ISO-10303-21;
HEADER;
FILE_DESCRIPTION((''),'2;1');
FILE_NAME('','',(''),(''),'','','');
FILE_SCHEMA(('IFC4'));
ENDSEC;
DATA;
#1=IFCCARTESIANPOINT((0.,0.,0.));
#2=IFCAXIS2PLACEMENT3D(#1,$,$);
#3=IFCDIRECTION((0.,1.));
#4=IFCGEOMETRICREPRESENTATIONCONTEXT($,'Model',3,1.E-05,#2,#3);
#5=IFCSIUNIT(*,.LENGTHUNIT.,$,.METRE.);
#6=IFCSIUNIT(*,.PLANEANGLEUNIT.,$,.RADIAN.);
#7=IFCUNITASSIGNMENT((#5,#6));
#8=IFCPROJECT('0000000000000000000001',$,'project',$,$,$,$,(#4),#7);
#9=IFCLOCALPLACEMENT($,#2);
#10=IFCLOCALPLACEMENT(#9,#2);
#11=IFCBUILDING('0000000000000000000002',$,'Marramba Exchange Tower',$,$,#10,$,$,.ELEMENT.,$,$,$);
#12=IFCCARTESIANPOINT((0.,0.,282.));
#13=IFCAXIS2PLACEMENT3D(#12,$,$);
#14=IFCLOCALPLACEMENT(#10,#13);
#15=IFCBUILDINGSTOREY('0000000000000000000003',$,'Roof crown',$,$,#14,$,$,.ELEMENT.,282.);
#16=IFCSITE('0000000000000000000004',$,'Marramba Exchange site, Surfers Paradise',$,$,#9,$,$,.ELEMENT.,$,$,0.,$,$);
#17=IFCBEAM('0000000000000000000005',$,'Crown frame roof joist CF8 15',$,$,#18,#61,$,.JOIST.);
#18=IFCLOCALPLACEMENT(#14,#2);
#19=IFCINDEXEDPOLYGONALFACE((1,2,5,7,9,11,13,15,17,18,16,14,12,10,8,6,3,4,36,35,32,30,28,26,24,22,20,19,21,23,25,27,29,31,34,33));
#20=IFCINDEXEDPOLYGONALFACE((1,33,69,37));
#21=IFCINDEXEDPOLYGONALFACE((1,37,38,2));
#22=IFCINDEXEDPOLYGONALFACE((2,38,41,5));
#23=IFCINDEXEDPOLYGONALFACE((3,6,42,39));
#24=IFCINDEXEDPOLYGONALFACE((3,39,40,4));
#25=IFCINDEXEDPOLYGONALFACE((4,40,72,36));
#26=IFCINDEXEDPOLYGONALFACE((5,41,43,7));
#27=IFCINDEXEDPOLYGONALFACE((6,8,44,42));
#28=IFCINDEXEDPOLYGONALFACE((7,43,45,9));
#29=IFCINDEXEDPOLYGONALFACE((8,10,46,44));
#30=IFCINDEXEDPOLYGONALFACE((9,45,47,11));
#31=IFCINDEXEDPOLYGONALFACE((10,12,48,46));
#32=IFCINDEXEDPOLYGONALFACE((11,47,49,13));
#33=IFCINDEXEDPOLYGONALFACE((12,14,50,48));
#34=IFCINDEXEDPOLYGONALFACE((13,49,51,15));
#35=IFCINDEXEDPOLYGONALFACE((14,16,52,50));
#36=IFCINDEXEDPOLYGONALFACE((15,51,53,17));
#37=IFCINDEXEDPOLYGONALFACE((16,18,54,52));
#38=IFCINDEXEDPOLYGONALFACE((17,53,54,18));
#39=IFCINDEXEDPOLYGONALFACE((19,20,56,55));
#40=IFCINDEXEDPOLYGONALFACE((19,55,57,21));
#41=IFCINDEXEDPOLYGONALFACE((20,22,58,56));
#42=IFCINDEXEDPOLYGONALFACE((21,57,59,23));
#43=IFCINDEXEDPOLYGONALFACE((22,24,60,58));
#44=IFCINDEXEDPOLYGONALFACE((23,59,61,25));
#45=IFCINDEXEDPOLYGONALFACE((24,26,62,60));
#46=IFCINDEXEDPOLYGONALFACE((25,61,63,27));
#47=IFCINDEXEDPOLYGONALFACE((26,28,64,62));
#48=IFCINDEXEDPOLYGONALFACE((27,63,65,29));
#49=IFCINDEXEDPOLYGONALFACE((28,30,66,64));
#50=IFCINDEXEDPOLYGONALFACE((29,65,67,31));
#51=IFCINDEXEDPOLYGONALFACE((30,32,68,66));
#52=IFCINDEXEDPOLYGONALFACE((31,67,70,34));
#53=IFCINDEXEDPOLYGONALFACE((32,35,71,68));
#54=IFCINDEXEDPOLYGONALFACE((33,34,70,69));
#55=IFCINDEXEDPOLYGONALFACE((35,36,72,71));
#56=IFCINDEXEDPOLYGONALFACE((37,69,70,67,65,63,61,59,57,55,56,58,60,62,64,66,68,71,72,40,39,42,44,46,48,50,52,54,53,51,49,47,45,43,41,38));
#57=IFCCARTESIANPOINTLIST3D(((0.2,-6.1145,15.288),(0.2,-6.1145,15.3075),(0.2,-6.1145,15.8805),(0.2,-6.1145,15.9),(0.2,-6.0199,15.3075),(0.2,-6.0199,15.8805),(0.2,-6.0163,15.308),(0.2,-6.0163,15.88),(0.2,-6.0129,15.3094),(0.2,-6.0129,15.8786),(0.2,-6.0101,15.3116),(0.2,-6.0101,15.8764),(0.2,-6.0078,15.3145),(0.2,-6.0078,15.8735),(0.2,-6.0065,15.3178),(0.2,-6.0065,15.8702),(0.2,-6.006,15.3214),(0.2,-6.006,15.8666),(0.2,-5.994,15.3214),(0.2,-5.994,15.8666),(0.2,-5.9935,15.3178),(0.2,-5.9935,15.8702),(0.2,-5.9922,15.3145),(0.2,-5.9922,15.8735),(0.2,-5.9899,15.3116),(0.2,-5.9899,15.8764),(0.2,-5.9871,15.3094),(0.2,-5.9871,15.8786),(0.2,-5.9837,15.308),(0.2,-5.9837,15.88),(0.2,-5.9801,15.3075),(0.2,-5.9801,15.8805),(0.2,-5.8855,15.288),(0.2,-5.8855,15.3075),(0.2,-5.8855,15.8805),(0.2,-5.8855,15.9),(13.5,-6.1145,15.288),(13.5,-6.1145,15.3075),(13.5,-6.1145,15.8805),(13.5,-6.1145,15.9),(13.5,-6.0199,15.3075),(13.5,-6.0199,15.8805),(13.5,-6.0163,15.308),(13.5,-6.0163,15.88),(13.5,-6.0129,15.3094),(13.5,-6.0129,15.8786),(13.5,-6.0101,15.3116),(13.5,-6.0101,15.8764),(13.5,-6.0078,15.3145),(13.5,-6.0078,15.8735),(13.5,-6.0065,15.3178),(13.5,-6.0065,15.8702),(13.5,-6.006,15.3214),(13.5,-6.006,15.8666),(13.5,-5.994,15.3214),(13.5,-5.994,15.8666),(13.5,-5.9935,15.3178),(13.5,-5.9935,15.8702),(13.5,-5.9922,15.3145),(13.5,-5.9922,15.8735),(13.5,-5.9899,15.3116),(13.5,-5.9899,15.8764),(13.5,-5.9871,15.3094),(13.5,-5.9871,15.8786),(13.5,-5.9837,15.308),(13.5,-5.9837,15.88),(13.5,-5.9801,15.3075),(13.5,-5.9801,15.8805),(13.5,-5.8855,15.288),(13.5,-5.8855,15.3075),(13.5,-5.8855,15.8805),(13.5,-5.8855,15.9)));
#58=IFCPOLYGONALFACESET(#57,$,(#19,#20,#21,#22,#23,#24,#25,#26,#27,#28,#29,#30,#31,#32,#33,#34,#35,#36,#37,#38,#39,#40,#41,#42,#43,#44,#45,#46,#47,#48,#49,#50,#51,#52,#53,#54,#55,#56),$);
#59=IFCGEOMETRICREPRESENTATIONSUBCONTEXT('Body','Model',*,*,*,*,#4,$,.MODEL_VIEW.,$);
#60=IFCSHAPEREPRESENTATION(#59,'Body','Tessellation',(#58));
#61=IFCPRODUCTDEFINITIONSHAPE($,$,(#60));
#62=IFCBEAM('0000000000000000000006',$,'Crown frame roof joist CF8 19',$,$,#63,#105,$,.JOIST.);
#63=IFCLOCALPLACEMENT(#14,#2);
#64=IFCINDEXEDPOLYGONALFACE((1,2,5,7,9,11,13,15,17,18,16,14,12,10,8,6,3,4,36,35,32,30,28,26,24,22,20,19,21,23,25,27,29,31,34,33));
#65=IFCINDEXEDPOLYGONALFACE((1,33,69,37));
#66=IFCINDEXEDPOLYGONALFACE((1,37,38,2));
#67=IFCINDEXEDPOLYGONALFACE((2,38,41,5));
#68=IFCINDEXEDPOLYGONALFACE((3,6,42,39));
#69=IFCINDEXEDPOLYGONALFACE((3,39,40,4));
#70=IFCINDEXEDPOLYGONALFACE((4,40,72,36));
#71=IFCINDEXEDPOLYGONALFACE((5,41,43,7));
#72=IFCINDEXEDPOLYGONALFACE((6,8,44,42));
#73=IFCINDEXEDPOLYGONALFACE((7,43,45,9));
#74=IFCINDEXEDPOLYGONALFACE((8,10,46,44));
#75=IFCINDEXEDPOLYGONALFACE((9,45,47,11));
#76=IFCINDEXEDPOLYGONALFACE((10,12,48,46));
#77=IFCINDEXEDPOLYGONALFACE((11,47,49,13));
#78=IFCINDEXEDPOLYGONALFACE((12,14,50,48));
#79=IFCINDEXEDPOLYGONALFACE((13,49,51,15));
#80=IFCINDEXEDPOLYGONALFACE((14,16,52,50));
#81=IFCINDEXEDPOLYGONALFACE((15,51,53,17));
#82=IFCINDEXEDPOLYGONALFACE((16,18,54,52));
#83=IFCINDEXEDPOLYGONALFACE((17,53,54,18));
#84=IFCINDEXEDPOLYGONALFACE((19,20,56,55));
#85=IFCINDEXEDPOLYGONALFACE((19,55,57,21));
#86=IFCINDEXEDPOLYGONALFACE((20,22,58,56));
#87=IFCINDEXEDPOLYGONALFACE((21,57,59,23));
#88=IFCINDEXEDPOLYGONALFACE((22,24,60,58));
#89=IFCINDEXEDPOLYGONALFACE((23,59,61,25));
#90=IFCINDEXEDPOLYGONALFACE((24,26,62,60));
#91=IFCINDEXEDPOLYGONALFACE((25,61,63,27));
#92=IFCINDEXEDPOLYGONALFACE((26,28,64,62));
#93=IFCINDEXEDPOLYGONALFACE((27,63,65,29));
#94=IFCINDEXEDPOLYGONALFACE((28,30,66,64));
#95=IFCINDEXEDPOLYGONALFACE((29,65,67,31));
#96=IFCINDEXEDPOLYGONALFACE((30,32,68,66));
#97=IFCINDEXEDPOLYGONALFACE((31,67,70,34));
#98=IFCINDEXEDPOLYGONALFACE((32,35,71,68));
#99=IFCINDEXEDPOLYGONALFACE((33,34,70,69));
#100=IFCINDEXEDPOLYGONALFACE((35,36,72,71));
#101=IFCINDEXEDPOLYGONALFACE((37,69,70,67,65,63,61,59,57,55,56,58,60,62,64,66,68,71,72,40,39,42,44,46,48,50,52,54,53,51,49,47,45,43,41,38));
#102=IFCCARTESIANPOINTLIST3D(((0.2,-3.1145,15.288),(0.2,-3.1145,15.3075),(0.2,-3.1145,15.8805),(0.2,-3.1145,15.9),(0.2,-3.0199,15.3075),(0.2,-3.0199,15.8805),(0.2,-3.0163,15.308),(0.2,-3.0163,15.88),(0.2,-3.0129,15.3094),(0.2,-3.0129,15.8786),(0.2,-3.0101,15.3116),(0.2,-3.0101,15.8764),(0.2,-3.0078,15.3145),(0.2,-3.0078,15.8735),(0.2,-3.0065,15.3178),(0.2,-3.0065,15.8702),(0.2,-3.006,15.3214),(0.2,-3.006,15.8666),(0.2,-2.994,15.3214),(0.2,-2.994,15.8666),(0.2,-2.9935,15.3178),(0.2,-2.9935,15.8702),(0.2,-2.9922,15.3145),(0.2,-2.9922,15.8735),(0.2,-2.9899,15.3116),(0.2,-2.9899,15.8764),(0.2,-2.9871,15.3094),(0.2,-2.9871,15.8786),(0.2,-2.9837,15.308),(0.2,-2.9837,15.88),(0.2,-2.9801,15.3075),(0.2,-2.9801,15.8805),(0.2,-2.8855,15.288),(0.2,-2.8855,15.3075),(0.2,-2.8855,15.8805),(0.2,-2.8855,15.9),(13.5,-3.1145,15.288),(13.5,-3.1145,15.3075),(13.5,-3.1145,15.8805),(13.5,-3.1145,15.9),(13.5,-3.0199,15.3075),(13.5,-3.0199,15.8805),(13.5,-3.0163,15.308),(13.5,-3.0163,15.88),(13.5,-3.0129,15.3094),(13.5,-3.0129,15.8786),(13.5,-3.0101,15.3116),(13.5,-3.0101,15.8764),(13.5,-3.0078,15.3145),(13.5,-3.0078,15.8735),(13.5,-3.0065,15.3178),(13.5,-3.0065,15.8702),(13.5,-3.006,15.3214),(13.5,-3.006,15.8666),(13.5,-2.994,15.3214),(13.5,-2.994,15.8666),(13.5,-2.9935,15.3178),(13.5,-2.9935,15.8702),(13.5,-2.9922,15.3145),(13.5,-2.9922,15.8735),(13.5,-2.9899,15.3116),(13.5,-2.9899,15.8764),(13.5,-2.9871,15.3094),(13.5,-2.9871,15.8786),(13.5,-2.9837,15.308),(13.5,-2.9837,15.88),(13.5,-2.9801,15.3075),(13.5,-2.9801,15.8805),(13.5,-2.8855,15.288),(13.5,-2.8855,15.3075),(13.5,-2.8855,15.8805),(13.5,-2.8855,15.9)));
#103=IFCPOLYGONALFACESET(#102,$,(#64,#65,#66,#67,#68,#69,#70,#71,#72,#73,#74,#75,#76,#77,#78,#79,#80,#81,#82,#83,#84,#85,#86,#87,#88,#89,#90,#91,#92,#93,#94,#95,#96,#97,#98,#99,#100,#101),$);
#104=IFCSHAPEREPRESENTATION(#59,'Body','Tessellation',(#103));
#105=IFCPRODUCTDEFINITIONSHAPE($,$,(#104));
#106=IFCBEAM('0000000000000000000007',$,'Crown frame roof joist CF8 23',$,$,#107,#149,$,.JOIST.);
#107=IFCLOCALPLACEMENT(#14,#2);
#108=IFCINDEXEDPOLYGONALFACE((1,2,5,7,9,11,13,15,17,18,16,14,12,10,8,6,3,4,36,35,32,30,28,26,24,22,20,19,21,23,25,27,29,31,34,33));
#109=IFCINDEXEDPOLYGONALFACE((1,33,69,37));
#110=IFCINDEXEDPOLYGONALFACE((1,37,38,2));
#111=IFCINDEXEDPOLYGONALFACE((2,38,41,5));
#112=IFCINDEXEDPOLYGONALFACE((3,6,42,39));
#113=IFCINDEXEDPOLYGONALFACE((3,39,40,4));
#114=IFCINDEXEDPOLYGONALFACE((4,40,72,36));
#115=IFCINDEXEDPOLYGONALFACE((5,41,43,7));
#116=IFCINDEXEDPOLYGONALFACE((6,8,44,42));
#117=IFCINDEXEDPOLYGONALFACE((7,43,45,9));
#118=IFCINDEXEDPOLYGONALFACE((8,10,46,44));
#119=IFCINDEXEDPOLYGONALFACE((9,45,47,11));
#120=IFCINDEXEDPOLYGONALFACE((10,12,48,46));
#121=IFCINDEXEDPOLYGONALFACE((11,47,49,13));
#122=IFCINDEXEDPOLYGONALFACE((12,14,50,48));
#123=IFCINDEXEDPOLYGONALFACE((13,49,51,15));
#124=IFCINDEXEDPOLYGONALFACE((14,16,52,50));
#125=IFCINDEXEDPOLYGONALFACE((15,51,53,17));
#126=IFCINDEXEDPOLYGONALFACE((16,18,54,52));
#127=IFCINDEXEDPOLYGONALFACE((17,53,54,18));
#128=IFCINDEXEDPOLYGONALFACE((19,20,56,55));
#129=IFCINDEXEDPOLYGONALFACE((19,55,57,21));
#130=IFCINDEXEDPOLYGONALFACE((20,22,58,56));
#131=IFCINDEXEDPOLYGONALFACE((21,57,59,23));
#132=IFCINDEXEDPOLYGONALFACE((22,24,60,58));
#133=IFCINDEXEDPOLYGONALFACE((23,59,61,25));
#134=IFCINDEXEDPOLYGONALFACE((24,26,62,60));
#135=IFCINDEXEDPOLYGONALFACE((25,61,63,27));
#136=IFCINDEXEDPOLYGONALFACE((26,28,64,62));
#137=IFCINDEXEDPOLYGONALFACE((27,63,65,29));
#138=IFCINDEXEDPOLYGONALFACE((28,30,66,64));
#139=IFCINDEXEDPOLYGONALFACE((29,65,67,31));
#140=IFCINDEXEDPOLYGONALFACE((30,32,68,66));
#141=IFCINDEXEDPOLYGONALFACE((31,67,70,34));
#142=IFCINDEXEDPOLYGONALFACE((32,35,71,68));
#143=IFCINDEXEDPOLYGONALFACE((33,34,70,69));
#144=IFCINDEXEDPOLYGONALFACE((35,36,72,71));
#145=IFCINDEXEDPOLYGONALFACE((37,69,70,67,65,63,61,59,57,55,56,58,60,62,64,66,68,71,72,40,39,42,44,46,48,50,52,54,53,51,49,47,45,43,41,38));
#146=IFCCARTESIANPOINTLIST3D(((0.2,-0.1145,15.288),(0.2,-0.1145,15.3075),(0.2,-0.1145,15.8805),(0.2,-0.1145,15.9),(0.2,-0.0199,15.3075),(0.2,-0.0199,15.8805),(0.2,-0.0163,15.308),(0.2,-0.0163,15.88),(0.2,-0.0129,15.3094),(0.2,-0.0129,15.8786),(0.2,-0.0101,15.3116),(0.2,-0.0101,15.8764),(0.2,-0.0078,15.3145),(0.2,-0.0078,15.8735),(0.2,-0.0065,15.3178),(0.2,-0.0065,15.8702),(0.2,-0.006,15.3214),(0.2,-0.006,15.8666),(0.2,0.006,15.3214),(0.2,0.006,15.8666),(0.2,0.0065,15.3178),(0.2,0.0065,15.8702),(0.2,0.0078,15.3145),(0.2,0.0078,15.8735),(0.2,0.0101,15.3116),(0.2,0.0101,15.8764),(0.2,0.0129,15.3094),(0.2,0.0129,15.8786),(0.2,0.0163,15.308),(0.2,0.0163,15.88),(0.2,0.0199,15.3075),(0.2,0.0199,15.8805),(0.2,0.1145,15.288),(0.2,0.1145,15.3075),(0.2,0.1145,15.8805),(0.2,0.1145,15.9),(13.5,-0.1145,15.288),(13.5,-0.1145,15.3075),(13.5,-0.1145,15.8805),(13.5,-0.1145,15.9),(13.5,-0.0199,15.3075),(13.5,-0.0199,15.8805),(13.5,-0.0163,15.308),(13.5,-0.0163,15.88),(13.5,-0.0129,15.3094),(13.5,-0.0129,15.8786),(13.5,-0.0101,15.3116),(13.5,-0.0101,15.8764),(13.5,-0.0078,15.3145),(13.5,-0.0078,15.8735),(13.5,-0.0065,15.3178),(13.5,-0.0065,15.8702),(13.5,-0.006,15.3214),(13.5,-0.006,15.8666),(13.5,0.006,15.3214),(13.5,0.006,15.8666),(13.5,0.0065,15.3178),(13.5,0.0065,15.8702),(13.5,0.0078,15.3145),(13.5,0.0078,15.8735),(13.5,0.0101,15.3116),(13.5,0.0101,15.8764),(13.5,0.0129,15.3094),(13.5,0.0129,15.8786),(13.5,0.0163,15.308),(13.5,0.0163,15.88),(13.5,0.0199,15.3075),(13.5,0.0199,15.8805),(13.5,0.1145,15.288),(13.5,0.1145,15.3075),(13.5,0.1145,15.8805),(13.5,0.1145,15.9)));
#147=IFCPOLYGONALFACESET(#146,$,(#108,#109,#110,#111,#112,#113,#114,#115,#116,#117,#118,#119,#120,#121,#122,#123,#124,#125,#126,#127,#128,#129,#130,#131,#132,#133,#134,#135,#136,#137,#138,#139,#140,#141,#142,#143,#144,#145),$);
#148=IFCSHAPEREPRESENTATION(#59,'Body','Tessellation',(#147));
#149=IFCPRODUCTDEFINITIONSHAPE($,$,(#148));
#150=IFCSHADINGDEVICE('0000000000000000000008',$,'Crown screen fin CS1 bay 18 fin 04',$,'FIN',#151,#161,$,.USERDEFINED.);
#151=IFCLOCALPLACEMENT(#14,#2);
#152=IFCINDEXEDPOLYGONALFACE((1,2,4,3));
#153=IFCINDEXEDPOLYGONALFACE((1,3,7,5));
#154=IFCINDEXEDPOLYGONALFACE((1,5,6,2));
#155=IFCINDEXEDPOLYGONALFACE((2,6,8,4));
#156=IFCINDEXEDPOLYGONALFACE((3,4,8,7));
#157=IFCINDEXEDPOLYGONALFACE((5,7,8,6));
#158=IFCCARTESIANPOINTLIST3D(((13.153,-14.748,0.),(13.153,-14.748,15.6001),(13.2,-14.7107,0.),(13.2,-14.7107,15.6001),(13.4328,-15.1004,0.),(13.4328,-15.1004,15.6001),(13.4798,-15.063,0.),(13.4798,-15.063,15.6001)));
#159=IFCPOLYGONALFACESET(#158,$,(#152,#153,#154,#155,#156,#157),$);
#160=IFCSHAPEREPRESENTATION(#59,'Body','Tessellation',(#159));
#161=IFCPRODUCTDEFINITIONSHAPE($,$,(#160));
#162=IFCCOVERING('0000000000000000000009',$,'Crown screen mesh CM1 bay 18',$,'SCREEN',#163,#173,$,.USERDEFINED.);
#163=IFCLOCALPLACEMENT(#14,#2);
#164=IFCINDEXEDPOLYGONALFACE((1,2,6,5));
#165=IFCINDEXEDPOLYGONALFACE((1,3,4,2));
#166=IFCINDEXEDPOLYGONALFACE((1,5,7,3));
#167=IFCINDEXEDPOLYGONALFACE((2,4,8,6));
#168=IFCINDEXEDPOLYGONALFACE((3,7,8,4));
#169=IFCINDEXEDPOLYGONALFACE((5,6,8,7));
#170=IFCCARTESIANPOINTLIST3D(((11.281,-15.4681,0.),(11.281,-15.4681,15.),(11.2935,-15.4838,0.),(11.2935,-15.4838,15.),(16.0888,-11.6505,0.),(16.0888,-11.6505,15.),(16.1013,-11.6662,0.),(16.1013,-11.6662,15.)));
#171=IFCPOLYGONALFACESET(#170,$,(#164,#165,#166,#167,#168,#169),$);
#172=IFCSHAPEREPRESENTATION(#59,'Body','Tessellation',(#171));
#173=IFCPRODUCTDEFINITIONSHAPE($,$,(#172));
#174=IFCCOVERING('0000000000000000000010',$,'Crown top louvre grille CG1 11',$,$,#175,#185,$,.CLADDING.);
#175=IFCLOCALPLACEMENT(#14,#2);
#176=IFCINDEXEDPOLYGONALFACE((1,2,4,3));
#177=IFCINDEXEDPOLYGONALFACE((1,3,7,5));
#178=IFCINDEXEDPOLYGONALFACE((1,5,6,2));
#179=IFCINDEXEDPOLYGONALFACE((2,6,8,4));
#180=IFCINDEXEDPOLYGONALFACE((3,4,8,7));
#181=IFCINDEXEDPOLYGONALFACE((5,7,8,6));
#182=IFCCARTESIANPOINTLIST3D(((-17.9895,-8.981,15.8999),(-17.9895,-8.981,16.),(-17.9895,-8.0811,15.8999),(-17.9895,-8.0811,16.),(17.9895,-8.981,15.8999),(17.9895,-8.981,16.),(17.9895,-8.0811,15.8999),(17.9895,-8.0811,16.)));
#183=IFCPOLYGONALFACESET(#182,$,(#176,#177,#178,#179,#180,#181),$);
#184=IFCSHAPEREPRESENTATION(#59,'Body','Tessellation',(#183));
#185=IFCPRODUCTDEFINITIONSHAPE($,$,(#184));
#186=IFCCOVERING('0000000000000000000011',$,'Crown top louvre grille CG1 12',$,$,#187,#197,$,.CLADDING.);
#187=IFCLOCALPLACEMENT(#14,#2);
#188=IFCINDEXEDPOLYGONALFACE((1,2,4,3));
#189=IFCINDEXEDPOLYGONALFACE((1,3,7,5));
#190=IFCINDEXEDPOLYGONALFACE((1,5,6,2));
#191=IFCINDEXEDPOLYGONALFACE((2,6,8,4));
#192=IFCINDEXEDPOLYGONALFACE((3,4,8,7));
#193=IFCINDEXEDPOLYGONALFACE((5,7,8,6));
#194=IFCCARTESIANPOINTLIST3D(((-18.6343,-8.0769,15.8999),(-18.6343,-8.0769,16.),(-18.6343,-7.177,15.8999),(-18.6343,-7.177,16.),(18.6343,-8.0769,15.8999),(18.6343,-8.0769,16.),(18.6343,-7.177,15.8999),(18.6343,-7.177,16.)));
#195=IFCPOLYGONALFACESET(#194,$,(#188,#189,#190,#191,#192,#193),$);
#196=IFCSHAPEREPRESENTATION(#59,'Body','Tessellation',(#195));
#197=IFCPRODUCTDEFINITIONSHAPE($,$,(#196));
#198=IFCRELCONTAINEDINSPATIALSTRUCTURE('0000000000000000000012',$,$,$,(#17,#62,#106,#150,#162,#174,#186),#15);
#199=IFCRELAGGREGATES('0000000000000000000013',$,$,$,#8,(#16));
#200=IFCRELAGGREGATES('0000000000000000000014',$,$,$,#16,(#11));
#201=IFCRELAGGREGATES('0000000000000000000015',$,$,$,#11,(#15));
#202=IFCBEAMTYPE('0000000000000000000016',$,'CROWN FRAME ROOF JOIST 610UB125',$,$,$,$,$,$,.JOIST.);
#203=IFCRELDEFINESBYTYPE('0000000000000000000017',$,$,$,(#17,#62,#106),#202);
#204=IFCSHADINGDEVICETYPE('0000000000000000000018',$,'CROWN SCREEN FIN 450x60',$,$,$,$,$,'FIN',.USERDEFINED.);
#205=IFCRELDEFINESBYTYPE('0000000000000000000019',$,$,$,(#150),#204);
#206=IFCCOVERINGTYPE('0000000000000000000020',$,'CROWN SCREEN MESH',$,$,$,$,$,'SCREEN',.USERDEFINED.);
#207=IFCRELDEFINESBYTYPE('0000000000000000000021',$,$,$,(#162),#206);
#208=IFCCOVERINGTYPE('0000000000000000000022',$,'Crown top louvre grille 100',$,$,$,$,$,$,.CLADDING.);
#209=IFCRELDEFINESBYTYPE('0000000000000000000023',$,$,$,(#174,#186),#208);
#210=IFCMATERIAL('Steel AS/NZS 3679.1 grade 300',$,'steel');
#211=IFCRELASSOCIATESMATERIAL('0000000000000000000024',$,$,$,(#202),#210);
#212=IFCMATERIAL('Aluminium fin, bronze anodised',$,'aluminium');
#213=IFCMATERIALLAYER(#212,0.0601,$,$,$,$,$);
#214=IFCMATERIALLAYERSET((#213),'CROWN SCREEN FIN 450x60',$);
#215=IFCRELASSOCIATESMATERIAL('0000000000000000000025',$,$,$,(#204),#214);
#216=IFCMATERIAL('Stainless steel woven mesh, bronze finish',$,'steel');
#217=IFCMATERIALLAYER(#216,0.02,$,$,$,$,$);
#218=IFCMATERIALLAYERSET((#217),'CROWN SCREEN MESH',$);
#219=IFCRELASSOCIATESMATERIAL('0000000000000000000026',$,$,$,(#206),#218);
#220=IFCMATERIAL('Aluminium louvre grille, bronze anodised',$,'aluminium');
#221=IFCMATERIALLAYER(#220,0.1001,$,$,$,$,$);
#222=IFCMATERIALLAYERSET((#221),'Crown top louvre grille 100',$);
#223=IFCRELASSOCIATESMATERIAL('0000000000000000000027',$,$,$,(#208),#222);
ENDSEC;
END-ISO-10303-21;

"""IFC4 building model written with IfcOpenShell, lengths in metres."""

from ifc_helpers import new_model, si_unit, direction, frame, origin, origin_2d, place, context, subcontext, project, spatial, rectangle, i_section, extrude, material, layer, layer_set, material_profile, profile_set, type_object, element, save


model = new_model("IFC4")

# Units and contexts
model_context = context("Model", 3, precision=1e-05, world=origin(), true_north=direction((0.0, 1.0)))
body_context = subcontext(model_context, "Body", "Model", "MODEL_VIEW")
ifc_project = project(units=[si_unit("LENGTHUNIT", "METRE"), si_unit("PLANEANGLEUNIT", "RADIAN")], contexts=[model_context])

# Site, building, storey
site_placement = place(None, origin())
site = spatial("IfcSite", under=ifc_project, at=site_placement, Name="Marramba Exchange site, Surfers Paradise", CompositionType="ELEMENT", RefElevation=0.0)
building_placement = place(site_placement, origin())
building = spatial("IfcBuilding", under=site, at=building_placement, Name="Marramba Exchange Tower", CompositionType="ELEMENT")
storey_placement = place(building_placement, frame((0.0, 0.0, 282.0)))
storey = spatial("IfcBuildingStorey", under=building, at=storey_placement, Name="Roof crown", CompositionType="ELEMENT", Elevation=282.0)

# Beams
ifc_material_1 = material(Name="Steel AS/NZS 3679.1 grade 300", Category="steel")
ifc_material_profile_1 = material_profile(ifc_material_1, i_section(OverallWidth=0.229, OverallDepth=0.6121, WebThickness=0.012, FlangeThickness=0.0195, FilletRadius=0.0139, at=origin_2d()), Name="610UB125")
ifc_profile_set_1 = profile_set([ifc_material_profile_1], Name="Steel AS/NZS 3679.1 grade 300")
beam_type_1 = type_object("IfcBeamType", Name="CROWN FRAME ROOF JOIST 610UB125", PredefinedType="JOIST", material=ifc_profile_set_1)
for number, where, z_axis, x_axis, name in (
    (1, (0.2, -6.0, 15.594), (1.0, 0.0, 0.0), (0.0, 1.0, 0.0), "Crown frame roof joist CF8 15"),
    (2, (0.2, -3.0, 15.594), (1.0, 0.0, 0.0), (0.0, 1.0, 0.0), "Crown frame roof joist CF8 19"),
    (3, (0.2, 0.0, 15.594), (1.0, 0.0, 0.0), (0.0, 1.0, 0.0), "Crown frame roof joist CF8 23"),
):
    element("IfcBeam", number, at=place(storey_placement, frame(where, z_axis=z_axis, x_axis=x_axis)), inside=storey, type_object=beam_type_1, Name=name, PredefinedType="JOIST", context=body_context, shape_type="SweptSolid", body=[
        extrude(i_section(OverallWidth=0.229, OverallDepth=0.6121, WebThickness=0.012, FlangeThickness=0.0195, FilletRadius=0.0139, at=origin_2d()), origin(), (0.0, 0.0, 1.0), 13.3),
    ])

# Shading device
ifc_material_2 = material(Name="Aluminium fin, bronze anodised", Category="aluminium")
ifc_layer_1 = layer(ifc_material_2, 0.0601)
ifc_layer_set_1 = layer_set([ifc_layer_1], Name="CROWN SCREEN FIN 450x60")
shading_device_type = type_object("IfcShadingDeviceType", Name="CROWN SCREEN FIN 450x60", ElementType="FIN", PredefinedType="USERDEFINED", material=ifc_layer_set_1)
shading_device_placement = place(storey_placement, frame((13.3164, -14.9055, 0.0), z_axis=(0.0, 0.0, 1.0), x_axis=(0.621845, -0.78314, 0.0)))
element("IfcShadingDevice", 4, at=shading_device_placement, inside=storey, type_object=shading_device_type, Name="Crown screen fin CS1 bay 18 fin 04", ObjectType="FIN", PredefinedType="USERDEFINED", context=body_context, shape_type="SweptSolid", body=[
    extrude(rectangle(XDim=0.45, YDim=0.0601, at=origin_2d()), origin(), (0.0, 0.0, 1.0), 15.6001),
])

# Coverings
ifc_material_3 = material(Name="Stainless steel woven mesh, bronze finish", Category="steel")
ifc_layer_2 = layer(ifc_material_3, 0.02)
ifc_layer_set_2 = layer_set([ifc_layer_2], Name="CROWN SCREEN MESH")
covering_type_1 = type_object("IfcCoveringType", Name="CROWN SCREEN MESH", ElementType="SCREEN", PredefinedType="USERDEFINED", material=ifc_layer_set_2)
covering_1_placement = place(storey_placement, frame((13.6912, -13.5671, 0.0), z_axis=(0.0, 0.0, 1.0), x_axis=(0.78314, 0.621845, 0.0)))
element("IfcCovering", 5, at=covering_1_placement, inside=storey, type_object=covering_type_1, Name="Crown screen mesh CM1 bay 18", ObjectType="SCREEN", PredefinedType="USERDEFINED", context=body_context, shape_type="SweptSolid", body=[
    extrude(rectangle(XDim=6.1392, YDim=0.02, at=origin_2d()), origin(), (0.0, 0.0, 1.0), 15.0),
])
ifc_material_4 = material(Name="Aluminium louvre grille, bronze anodised", Category="aluminium")
ifc_layer_3 = layer(ifc_material_4, 0.1001)
ifc_layer_set_3 = layer_set([ifc_layer_3], Name="Crown top louvre grille 100")
covering_type_2 = type_object("IfcCoveringType", Name="Crown top louvre grille 100", PredefinedType="CLADDING", material=ifc_layer_set_3)
covering_2_placement = place(storey_placement, frame((0.0, -8.531, 15.8999), z_axis=(0.0, 0.0, 1.0), x_axis=(1.0, 0.0, 0.0)))
element("IfcCovering", 6, at=covering_2_placement, inside=storey, type_object=covering_type_2, Name="Crown top louvre grille CG1 11", PredefinedType="CLADDING", context=body_context, shape_type="SweptSolid", body=[
    extrude(rectangle(XDim=35.979, YDim=0.8999, at=origin_2d()), origin(), (0.0, 0.0, 1.0), 0.1001),
])
covering_3_placement = place(storey_placement, frame((0.0, -7.627, 15.8999), z_axis=(0.0, 0.0, 1.0), x_axis=(1.0, 0.0, 0.0)))
element("IfcCovering", 7, at=covering_3_placement, inside=storey, type_object=covering_type_2, Name="Crown top louvre grille CG1 12", PredefinedType="CLADDING", context=body_context, shape_type="SweptSolid", body=[
    extrude(rectangle(XDim=37.2686, YDim=0.8999, at=origin_2d()), origin(), (0.0, 0.0, 1.0), 0.1001),
])

save(model, "model.ifc")
